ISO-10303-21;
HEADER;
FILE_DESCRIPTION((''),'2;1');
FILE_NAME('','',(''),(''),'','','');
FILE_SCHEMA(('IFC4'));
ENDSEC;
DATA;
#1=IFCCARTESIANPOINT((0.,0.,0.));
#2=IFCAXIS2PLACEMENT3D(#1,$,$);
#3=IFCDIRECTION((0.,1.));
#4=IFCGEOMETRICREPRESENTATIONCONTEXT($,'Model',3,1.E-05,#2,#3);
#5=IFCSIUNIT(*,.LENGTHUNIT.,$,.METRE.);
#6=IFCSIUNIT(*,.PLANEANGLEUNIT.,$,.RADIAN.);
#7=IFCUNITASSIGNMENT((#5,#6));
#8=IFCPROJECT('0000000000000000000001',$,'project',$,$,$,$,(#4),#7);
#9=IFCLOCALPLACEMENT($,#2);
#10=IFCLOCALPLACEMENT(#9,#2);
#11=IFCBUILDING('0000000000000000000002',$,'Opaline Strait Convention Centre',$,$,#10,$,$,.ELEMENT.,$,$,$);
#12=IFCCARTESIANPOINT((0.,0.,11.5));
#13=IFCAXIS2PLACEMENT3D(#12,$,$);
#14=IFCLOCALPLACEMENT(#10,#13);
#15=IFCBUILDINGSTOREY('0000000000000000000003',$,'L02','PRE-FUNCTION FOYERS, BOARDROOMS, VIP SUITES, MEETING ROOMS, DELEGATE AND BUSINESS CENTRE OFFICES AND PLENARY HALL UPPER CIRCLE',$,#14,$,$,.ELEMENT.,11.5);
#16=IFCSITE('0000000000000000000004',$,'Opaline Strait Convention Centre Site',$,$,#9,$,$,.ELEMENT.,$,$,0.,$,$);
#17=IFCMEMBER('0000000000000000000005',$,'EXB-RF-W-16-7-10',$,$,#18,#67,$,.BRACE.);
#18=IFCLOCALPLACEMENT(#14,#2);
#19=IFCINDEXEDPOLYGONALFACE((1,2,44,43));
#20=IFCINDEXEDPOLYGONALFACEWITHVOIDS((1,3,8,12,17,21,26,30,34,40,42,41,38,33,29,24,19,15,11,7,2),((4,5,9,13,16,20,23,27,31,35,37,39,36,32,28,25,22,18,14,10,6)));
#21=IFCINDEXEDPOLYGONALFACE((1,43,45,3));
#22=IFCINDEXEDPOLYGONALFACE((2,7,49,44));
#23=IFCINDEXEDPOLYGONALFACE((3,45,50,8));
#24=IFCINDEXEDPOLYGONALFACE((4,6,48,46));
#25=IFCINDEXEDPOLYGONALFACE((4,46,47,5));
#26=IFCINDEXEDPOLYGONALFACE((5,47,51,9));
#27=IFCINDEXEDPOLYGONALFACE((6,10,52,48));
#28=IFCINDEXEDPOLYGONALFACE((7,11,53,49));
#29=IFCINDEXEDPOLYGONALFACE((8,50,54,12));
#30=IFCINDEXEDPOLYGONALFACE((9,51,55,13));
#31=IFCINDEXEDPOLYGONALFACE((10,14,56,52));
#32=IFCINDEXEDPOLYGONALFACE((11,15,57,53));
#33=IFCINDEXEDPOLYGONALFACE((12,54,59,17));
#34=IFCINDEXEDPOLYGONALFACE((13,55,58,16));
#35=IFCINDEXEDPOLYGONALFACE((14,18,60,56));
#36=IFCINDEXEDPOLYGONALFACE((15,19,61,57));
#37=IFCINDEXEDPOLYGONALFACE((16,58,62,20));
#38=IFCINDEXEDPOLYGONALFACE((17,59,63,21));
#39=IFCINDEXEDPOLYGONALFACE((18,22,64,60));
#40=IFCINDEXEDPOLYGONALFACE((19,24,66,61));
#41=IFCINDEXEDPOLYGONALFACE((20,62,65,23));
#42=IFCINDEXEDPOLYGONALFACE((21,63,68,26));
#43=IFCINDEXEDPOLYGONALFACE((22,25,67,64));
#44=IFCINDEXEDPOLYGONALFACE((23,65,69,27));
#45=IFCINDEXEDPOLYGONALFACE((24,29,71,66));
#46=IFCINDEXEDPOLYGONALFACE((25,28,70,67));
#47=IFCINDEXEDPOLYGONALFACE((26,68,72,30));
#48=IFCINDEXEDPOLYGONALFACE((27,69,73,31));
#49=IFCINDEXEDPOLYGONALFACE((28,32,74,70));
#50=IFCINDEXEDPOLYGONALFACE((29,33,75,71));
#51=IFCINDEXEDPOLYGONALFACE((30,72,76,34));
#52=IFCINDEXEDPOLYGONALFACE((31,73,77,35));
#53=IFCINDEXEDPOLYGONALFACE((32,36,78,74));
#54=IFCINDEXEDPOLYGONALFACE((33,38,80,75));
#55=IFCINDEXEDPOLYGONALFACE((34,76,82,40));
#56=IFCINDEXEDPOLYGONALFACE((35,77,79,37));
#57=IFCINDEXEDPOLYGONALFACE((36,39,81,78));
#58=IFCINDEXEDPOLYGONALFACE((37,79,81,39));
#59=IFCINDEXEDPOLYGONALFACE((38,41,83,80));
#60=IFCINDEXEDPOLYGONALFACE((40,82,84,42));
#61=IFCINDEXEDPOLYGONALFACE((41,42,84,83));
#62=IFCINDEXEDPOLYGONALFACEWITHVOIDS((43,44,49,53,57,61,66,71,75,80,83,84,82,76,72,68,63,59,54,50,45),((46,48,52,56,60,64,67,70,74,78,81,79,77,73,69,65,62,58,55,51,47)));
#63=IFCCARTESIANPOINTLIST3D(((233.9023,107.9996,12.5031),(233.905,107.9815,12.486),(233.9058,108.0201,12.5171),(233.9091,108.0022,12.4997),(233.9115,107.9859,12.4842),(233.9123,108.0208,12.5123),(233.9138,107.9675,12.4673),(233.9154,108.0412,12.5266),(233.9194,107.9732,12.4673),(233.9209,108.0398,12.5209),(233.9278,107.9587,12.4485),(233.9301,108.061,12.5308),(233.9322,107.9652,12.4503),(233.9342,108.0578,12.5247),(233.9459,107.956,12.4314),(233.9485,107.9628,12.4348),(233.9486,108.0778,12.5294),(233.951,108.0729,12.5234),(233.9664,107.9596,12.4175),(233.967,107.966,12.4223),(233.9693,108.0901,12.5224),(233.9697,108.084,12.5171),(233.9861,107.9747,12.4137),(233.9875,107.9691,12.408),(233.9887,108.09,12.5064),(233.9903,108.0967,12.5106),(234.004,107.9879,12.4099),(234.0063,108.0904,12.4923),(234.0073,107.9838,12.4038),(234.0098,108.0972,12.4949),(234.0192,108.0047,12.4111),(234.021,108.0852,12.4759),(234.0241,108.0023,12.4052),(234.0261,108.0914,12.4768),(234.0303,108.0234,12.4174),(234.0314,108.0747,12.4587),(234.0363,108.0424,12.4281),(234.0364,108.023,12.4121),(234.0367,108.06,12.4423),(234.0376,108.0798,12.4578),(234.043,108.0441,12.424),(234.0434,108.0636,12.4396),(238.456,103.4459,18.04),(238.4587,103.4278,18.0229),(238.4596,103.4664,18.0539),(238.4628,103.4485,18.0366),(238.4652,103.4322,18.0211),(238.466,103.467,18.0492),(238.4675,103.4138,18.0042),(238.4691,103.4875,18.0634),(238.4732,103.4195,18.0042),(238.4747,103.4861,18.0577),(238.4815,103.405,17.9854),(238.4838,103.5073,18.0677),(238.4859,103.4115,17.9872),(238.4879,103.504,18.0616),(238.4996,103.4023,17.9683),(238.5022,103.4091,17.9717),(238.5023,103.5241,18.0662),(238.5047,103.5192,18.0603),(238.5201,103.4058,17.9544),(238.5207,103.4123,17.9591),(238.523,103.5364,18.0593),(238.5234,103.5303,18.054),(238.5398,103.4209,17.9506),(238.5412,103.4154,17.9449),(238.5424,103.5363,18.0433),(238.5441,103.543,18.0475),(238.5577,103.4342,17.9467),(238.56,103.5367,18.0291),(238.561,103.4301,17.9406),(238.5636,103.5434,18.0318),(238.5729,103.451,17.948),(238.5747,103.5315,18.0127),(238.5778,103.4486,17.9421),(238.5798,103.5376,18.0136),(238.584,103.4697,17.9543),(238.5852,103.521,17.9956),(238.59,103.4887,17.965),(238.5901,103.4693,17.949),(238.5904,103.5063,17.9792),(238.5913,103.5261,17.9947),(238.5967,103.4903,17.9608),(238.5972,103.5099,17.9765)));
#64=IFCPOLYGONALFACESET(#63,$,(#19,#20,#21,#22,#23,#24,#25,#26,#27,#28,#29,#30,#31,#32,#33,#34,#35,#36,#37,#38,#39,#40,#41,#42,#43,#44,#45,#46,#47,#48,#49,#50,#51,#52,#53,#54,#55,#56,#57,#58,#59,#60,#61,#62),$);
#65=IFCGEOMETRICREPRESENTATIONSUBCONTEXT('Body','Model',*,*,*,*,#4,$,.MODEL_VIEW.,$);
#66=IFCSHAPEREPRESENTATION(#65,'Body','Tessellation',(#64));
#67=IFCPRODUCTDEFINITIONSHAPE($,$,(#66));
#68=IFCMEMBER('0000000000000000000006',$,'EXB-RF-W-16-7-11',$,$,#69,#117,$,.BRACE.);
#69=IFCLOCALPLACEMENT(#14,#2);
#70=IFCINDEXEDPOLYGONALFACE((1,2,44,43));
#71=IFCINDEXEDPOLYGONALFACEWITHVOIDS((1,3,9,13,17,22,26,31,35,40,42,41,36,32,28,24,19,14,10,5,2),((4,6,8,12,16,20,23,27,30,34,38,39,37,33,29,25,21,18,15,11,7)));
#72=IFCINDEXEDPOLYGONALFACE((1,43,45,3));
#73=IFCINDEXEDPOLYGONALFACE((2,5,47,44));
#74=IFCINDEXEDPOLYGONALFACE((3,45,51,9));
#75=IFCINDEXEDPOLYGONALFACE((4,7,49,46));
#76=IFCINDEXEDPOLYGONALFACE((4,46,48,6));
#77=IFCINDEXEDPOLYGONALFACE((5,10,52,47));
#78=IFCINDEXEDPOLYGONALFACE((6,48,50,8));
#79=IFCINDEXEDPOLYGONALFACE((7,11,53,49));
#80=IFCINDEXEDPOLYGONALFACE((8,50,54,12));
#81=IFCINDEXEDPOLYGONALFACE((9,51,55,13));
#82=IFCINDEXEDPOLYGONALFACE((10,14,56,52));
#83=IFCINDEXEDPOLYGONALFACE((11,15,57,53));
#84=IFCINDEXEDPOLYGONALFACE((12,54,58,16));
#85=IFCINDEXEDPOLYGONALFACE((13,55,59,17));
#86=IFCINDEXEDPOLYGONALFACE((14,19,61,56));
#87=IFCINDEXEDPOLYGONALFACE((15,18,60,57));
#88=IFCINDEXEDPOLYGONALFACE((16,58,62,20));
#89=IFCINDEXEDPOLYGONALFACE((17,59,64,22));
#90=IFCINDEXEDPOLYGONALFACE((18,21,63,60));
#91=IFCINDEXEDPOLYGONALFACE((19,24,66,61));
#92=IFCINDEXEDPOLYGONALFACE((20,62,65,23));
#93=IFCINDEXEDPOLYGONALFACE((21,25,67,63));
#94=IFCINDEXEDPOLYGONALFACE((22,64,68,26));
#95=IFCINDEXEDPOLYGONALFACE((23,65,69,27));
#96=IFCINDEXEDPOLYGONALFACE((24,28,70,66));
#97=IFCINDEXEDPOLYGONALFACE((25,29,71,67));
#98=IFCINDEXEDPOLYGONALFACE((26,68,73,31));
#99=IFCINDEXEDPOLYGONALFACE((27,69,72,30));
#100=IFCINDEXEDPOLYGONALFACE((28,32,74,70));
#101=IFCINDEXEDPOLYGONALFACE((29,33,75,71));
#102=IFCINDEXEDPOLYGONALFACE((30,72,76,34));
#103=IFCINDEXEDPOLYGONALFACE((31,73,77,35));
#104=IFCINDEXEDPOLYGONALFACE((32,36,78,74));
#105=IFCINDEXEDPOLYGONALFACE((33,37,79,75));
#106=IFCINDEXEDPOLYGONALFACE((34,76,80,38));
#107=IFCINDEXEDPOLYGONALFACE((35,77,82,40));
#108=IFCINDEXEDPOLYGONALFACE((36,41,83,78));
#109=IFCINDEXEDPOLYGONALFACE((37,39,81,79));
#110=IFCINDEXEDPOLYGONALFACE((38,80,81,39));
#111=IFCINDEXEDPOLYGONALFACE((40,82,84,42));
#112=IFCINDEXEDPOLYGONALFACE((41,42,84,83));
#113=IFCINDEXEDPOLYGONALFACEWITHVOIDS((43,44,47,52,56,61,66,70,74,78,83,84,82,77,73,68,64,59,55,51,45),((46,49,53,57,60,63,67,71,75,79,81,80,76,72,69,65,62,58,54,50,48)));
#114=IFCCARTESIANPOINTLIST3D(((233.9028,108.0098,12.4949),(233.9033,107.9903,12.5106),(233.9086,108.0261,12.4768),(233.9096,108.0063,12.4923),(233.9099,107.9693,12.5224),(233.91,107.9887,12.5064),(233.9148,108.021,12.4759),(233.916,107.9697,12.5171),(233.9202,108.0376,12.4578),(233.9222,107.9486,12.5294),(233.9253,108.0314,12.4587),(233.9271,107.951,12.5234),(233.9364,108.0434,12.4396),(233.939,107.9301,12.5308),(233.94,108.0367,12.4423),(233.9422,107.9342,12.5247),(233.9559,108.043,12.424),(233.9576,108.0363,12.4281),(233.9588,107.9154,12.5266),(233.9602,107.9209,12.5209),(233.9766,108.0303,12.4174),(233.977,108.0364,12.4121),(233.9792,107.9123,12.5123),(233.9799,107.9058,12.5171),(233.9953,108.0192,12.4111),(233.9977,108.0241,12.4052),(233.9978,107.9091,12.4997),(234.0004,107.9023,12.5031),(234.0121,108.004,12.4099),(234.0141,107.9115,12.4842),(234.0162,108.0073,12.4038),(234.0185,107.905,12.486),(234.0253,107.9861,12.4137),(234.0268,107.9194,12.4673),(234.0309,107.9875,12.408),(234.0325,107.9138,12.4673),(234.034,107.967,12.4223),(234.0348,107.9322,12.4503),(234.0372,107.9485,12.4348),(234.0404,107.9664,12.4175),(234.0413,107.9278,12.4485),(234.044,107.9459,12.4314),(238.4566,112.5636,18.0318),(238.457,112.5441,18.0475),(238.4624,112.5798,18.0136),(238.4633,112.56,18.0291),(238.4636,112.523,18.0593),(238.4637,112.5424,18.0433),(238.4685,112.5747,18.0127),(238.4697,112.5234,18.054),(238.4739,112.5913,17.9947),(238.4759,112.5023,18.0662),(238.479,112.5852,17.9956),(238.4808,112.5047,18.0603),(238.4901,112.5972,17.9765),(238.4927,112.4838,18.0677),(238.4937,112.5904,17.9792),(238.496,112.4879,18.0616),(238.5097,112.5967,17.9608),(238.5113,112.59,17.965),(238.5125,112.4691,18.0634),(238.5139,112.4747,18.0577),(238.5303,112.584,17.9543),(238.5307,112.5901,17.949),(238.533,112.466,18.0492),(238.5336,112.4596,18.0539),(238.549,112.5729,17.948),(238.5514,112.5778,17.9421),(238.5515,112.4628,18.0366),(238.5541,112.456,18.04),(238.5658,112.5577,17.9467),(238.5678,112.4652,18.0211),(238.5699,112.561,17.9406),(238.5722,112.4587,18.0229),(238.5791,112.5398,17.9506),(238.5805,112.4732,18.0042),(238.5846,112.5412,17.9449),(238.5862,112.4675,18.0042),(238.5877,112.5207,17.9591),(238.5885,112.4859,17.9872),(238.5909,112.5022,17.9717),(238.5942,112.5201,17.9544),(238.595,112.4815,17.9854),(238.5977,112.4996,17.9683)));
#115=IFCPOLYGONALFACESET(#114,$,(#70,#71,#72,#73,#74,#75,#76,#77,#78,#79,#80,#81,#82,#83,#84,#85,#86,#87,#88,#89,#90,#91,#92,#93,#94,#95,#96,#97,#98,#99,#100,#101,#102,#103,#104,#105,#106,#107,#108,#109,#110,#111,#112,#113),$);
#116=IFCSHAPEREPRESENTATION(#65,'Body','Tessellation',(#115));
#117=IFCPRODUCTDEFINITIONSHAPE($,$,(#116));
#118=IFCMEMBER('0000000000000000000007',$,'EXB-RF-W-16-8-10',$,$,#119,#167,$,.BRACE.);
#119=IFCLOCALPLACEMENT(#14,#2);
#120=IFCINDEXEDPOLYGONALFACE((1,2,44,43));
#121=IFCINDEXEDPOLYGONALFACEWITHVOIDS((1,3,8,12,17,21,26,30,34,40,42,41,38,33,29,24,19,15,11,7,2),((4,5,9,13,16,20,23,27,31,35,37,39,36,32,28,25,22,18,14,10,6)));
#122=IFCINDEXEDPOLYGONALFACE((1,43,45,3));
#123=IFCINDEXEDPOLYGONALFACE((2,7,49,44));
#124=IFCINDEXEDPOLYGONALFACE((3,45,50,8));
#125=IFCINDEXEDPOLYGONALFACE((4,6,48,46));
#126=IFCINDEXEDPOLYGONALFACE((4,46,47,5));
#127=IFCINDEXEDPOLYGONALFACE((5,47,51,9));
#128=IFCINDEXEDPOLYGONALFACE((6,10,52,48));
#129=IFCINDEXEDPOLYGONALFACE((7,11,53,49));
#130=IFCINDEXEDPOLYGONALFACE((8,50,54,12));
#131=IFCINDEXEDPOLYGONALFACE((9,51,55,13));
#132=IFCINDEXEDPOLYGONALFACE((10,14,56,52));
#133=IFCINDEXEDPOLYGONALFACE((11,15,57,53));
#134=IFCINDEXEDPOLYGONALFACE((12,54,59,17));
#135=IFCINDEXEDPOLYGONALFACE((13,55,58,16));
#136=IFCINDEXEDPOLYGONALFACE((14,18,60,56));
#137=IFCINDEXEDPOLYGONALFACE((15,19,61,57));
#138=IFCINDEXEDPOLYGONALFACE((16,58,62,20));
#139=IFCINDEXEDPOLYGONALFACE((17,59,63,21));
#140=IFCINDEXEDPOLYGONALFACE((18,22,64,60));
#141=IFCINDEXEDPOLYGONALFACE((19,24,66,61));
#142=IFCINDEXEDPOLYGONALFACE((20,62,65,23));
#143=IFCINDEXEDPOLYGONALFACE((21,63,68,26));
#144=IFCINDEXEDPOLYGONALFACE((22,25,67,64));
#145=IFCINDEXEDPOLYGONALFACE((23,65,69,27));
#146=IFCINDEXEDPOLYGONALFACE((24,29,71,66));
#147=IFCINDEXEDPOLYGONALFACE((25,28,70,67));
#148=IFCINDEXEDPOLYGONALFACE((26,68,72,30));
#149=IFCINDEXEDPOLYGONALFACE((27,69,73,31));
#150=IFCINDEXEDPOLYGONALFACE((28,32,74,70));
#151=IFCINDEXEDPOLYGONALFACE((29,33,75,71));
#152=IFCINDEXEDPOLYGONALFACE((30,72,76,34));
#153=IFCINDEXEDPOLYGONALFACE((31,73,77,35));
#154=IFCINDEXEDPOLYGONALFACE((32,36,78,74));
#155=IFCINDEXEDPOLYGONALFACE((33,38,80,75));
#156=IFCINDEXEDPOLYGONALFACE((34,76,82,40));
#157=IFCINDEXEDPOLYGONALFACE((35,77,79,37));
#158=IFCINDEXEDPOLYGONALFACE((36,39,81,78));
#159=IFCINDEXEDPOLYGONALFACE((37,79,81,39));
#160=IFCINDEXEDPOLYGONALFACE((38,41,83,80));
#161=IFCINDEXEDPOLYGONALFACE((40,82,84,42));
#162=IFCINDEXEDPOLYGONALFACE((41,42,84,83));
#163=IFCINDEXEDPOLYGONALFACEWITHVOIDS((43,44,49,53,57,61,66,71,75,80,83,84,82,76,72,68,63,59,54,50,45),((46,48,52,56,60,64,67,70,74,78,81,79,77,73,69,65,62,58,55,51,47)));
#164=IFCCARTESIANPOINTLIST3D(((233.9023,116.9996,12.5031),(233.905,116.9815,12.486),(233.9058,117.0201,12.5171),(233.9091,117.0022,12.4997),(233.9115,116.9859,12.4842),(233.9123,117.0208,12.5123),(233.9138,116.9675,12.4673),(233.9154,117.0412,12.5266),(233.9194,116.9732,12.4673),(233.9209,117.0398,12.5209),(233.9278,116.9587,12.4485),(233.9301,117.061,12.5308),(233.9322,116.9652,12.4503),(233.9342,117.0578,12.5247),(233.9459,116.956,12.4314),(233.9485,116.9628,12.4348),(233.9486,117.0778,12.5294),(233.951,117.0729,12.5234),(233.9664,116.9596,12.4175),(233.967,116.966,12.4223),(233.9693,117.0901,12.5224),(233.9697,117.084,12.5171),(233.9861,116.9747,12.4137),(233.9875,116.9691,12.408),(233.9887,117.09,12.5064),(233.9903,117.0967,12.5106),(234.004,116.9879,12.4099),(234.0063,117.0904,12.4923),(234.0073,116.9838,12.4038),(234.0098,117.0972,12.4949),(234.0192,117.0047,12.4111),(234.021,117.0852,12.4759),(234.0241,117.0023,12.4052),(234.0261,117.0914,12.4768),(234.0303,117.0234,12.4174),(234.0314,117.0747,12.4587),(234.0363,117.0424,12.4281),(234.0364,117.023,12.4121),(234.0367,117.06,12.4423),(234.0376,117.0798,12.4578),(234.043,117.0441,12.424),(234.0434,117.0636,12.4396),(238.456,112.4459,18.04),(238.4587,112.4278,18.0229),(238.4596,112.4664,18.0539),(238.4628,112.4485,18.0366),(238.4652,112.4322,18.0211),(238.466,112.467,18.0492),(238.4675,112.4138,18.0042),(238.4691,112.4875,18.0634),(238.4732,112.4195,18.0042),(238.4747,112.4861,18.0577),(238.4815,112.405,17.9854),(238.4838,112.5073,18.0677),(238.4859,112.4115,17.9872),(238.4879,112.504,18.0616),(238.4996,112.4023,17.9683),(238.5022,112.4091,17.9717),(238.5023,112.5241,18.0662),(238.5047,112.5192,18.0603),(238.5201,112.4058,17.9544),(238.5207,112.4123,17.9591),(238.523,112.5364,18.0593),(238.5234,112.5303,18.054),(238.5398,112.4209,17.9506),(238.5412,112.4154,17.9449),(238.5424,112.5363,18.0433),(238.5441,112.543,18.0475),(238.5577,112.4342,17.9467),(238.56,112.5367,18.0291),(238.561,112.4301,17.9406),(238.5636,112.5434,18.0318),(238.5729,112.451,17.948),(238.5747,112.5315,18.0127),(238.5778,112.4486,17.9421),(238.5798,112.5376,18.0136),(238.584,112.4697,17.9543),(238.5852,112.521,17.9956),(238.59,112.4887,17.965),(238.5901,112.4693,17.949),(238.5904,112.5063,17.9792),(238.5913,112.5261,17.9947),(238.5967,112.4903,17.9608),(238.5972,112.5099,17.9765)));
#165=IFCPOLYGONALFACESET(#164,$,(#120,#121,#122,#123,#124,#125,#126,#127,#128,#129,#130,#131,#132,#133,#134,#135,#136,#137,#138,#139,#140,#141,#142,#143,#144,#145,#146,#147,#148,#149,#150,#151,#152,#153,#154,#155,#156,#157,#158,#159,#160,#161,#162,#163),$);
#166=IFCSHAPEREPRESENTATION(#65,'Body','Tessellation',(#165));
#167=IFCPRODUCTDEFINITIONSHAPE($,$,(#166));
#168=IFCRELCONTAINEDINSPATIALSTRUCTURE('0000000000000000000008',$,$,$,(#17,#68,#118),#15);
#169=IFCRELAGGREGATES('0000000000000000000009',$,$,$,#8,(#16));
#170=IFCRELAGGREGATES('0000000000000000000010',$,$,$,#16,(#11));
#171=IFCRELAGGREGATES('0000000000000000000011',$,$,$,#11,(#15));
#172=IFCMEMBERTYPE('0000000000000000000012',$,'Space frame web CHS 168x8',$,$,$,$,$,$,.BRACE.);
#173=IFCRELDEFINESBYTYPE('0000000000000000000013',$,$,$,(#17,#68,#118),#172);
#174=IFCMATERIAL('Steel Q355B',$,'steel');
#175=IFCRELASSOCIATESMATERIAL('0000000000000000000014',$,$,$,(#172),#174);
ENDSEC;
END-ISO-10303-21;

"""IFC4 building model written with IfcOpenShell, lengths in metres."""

from ifc_helpers import new_model, si_unit, direction, frame, origin, origin_2d, place, context, subcontext, project, spatial, hollow_circle, extrude, material, material_profile, profile_set, type_object, element, save


model = new_model("IFC4")

# Units and contexts
model_context = context("Model", 3, precision=1e-05, world=origin(), true_north=direction((0.0, 1.0)))
body_context = subcontext(model_context, "Body", "Model", "MODEL_VIEW")
ifc_project = project(units=[si_unit("LENGTHUNIT", "METRE"), si_unit("PLANEANGLEUNIT", "RADIAN")], contexts=[model_context])

# Site, building, storey
site_placement = place(None, origin())
site = spatial("IfcSite", under=ifc_project, at=site_placement, Name="Opaline Strait Convention Centre Site", CompositionType="ELEMENT", RefElevation=0.0)
building_placement = place(site_placement, origin())
building = spatial("IfcBuilding", under=site, at=building_placement, Name="Opaline Strait Convention Centre", CompositionType="ELEMENT")
storey_placement = place(building_placement, frame((0.0, 0.0, 11.5)))
storey = spatial("IfcBuildingStorey", under=building, at=storey_placement, Name="L02", Description="PRE-FUNCTION FOYERS, BOARDROOMS, VIP SUITES, MEETING ROOMS, DELEGATE AND BUSINESS CENTRE OFFICES AND PLENARY HALL UPPER CIRCLE", CompositionType="ELEMENT", Elevation=11.5)

# Members
ifc_material = material(Name="Steel Q355B", Category="steel")
ifc_material_profile_1 = material_profile(ifc_material, hollow_circle(Radius=0.084, WallThickness=0.0081, at=origin_2d()), Name="CHS 168x8")
ifc_profile_set_1 = profile_set([ifc_material_profile_1], Name="Steel Q355B")
member_type_1 = type_object("IfcMemberType", Name="Space frame web CHS 168x8", PredefinedType="BRACE", material=ifc_profile_set_1)
for number, where, z_axis, x_axis, name in (
    (1, (238.5269, 103.4731, 18.0042), (-0.536178, 0.536178, -0.65194), (-0.707107, -0.707107, 0.0), "EXB-RF-W-16-7-10"),
    (2, (238.5269, 112.5269, 18.0042), (-0.536178, -0.536178, -0.65194), (0.707107, -0.707107, 0.0), "EXB-RF-W-16-7-11"),
    (3, (238.5269, 112.4731, 18.0042), (-0.536178, 0.536178, -0.65194), (-0.707107, -0.707107, 0.0), "EXB-RF-W-16-8-10"),
):
    element("IfcMember", number, at=place(storey_placement, frame(where, z_axis=z_axis, x_axis=x_axis)), inside=storey, type_object=member_type_1, Name=name, PredefinedType="BRACE", context=body_context, shape_type="SweptSolid", body=[
        extrude(hollow_circle(Radius=0.084, WallThickness=0.0081, at=origin_2d()), origin(), (0.0, 0.0, 1.0), 8.4929),
    ])

save(model, "model.ifc")
